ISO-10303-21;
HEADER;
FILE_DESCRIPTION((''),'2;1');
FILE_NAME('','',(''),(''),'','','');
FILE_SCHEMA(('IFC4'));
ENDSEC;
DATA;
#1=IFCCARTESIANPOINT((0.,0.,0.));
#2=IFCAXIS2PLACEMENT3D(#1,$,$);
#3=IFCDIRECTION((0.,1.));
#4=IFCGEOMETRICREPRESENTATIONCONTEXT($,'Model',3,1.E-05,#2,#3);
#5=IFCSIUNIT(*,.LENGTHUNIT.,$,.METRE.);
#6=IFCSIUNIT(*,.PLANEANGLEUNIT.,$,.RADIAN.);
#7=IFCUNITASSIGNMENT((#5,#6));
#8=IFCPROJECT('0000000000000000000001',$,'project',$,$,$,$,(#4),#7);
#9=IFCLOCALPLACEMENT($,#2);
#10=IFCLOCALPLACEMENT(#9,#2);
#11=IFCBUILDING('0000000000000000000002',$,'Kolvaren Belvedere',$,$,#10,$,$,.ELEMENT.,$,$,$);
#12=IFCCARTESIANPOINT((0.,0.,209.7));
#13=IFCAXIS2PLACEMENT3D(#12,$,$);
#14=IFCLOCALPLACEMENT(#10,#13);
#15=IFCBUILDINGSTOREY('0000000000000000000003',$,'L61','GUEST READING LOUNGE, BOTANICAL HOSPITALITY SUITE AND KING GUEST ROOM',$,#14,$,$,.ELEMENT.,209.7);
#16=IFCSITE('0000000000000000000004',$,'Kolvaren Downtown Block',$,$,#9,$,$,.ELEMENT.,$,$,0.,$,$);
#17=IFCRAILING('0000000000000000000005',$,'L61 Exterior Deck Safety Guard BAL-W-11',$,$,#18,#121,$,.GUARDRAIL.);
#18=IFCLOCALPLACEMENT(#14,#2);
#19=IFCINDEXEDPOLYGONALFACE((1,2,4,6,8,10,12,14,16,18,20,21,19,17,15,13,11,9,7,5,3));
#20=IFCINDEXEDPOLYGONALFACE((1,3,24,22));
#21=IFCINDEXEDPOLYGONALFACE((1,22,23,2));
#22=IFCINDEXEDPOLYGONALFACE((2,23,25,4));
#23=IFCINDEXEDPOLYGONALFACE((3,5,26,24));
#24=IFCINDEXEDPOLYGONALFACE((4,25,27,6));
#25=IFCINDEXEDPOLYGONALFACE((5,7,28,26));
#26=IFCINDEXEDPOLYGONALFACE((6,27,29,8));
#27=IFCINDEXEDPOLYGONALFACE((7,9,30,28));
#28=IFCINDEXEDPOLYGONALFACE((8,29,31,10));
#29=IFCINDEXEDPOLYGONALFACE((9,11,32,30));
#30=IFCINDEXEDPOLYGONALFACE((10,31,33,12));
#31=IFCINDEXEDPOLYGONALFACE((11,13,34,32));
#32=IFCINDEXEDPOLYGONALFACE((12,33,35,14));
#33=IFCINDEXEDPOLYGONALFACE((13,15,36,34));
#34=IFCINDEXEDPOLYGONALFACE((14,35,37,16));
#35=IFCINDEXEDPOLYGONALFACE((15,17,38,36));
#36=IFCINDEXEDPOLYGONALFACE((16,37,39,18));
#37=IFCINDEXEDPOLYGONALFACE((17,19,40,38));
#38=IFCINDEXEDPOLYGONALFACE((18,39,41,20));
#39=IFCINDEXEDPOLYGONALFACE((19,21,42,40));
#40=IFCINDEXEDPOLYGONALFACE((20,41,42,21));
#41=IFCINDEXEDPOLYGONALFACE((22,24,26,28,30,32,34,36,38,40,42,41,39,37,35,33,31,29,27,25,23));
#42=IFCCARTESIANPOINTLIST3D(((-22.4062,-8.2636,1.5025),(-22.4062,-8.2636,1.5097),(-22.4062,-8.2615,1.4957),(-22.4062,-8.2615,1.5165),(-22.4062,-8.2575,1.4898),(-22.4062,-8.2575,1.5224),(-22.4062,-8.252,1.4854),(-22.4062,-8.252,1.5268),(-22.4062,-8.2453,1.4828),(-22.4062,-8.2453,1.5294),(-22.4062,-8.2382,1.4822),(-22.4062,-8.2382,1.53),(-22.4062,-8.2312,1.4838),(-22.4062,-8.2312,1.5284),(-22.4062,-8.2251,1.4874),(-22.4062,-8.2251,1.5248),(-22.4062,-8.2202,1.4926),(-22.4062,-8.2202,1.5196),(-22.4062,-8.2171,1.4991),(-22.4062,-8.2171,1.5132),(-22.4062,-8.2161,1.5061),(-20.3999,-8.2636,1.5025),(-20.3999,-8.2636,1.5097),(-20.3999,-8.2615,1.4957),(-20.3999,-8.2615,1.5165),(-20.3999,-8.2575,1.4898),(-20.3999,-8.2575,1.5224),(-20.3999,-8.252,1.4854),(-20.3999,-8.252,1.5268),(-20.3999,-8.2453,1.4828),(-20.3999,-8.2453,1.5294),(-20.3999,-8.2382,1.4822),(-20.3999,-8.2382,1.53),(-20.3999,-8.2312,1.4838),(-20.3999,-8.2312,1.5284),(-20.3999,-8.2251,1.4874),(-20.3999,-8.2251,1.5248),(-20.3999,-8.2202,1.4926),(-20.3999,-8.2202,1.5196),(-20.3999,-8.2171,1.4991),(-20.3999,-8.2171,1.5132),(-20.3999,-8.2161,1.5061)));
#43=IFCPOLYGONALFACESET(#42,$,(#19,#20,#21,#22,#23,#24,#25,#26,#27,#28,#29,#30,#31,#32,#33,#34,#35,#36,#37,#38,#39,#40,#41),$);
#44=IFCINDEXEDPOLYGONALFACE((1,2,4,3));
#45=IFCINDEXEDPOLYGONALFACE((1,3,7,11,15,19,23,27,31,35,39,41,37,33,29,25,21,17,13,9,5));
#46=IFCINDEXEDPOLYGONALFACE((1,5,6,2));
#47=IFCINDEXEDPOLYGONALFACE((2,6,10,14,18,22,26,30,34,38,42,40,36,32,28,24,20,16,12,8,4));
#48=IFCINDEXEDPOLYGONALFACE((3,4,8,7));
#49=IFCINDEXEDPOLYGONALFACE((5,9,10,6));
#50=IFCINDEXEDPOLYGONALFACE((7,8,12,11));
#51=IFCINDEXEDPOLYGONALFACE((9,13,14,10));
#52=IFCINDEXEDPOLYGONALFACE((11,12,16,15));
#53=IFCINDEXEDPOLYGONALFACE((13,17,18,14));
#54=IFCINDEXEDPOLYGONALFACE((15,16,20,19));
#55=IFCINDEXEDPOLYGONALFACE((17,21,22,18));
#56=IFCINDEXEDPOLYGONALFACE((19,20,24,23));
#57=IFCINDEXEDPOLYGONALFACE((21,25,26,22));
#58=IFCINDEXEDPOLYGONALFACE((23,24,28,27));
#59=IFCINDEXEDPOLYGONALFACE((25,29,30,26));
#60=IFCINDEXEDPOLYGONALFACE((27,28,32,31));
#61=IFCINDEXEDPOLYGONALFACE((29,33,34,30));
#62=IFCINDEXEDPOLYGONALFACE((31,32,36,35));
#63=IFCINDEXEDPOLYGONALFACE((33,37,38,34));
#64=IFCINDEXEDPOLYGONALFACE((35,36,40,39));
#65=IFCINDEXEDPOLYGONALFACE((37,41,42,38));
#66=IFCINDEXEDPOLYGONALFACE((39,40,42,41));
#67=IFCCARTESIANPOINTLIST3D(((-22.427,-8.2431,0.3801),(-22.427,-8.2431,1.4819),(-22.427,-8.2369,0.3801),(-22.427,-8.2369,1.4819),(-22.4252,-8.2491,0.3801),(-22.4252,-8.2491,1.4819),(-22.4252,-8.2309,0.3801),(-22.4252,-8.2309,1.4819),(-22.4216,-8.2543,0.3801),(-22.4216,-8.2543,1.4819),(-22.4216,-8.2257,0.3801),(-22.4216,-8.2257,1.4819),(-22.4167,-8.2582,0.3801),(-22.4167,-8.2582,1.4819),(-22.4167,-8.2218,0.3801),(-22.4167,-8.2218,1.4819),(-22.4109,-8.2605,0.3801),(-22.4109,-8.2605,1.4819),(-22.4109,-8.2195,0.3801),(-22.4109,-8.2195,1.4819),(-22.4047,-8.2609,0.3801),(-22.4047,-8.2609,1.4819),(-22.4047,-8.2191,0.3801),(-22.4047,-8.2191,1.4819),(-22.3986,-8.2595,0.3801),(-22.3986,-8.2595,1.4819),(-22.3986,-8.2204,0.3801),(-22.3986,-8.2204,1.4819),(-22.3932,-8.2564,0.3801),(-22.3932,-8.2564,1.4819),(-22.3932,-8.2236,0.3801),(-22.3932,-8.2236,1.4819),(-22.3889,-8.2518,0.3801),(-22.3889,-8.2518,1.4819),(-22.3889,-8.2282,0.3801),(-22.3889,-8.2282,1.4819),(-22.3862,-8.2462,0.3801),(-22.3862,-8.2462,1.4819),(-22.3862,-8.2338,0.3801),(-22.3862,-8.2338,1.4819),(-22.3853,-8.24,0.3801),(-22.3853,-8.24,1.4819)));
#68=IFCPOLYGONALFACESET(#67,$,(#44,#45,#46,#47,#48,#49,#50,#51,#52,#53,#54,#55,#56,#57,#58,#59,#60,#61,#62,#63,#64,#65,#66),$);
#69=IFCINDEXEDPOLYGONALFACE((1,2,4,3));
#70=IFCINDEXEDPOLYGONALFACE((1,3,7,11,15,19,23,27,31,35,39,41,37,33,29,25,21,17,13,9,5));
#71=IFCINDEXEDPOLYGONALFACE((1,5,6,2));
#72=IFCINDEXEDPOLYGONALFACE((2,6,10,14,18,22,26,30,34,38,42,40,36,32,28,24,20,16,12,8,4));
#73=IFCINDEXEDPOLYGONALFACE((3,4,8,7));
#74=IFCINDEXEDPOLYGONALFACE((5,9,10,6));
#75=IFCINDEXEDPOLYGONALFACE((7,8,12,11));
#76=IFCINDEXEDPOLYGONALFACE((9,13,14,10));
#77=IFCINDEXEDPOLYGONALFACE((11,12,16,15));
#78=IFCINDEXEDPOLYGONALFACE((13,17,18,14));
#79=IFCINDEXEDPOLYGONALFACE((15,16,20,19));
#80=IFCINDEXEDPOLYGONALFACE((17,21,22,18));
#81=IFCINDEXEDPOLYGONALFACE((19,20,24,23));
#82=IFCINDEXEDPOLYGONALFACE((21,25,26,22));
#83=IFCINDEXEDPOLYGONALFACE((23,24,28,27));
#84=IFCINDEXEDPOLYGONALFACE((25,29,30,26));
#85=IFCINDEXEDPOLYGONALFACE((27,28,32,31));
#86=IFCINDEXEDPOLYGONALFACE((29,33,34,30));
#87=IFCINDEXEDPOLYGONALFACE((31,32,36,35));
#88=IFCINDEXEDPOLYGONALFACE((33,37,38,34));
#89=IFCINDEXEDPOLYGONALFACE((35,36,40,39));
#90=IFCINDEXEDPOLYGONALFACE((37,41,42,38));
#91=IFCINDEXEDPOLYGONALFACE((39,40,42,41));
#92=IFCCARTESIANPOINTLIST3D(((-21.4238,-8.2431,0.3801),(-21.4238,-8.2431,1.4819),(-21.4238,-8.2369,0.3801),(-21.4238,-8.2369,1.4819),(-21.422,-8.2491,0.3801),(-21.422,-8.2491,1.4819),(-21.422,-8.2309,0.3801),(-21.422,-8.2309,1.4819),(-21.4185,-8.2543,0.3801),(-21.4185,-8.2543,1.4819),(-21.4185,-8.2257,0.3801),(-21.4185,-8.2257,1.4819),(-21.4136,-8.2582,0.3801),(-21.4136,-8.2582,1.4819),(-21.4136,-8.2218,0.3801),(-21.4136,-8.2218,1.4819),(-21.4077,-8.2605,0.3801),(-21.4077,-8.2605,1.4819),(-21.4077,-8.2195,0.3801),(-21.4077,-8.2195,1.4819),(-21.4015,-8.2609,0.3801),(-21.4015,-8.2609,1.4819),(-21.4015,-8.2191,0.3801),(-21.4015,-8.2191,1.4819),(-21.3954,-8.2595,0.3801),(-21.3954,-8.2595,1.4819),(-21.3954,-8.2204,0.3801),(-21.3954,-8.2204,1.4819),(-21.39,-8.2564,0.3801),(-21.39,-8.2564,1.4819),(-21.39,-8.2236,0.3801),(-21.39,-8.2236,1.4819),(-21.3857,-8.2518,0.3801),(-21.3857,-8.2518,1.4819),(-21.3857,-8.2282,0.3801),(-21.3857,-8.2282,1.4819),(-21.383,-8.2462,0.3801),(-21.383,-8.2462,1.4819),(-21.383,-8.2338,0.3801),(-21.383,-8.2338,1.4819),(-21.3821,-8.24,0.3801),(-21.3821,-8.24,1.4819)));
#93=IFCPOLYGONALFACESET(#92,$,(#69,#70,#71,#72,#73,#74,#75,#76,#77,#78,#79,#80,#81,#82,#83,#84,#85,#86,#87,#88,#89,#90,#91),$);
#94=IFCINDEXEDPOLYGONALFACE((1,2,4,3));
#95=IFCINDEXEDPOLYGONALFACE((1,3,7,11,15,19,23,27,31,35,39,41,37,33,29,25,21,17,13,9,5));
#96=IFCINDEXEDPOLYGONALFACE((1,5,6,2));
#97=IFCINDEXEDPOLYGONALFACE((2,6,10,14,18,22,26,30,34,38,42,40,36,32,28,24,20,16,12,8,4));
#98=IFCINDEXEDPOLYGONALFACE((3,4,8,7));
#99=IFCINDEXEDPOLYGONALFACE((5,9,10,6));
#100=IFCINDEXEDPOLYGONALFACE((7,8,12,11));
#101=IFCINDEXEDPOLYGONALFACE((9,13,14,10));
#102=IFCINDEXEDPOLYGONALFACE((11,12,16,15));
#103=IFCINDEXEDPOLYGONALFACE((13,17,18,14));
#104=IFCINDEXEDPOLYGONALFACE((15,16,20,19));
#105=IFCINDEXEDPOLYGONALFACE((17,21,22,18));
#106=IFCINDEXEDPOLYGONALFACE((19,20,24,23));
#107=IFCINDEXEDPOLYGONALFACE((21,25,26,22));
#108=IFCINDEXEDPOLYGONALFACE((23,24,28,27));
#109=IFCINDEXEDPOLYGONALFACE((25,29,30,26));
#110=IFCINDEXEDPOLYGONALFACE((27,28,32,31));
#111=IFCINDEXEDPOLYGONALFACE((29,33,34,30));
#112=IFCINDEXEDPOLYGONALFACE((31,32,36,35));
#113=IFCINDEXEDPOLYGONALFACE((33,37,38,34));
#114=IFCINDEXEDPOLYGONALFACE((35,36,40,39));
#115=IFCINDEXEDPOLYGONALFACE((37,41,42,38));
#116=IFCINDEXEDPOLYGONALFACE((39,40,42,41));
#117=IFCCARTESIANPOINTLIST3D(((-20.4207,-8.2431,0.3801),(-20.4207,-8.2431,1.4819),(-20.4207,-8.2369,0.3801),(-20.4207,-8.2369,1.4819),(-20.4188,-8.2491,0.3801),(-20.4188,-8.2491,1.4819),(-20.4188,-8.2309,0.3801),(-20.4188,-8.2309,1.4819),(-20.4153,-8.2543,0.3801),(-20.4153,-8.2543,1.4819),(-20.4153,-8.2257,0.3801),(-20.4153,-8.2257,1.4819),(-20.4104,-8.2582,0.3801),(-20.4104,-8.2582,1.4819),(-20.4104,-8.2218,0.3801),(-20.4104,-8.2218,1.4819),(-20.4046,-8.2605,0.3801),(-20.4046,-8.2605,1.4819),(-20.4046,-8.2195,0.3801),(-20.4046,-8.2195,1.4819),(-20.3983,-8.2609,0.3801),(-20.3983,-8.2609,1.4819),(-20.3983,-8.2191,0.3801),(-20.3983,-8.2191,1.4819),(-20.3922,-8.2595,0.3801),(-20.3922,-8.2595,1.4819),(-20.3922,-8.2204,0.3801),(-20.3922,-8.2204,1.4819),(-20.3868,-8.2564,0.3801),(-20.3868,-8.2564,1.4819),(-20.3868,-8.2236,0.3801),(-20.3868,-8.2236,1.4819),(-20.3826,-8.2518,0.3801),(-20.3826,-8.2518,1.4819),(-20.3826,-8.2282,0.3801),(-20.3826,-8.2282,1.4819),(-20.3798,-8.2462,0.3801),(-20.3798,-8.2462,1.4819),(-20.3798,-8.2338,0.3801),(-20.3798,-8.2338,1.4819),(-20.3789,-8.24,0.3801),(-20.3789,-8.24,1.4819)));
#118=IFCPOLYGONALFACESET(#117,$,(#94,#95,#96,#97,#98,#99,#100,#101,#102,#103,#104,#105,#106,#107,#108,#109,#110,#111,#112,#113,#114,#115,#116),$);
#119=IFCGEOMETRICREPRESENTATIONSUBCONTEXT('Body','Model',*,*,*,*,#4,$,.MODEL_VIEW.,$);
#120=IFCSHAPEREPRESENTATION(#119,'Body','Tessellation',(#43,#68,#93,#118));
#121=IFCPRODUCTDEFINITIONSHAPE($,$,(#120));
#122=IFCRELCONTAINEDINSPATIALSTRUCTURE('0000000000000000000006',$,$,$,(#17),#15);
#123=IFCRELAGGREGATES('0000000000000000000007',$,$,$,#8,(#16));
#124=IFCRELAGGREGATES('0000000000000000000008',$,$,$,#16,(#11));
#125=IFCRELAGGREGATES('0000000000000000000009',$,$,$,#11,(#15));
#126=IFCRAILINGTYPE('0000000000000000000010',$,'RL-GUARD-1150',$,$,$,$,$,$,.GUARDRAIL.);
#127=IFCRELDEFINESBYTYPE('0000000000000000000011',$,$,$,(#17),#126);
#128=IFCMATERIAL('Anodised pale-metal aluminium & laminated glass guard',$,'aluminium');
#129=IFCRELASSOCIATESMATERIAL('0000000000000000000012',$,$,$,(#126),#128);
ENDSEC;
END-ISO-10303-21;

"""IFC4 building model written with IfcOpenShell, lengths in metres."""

from ifc_helpers import new_model, si_unit, direction, frame, origin, origin_2d, place, context, subcontext, project, spatial, circle, extrude, material, type_object, element, save


model = new_model("IFC4")

# Units and contexts
model_context = context("Model", 3, precision=1e-05, world=origin(), true_north=direction((0.0, 1.0)))
body_context = subcontext(model_context, "Body", "Model", "MODEL_VIEW")
ifc_project = project(units=[si_unit("LENGTHUNIT", "METRE"), si_unit("PLANEANGLEUNIT", "RADIAN")], contexts=[model_context])

# Site, building, storey
site_placement = place(None, origin())
site = spatial("IfcSite", under=ifc_project, at=site_placement, Name="Kolvaren Downtown Block", CompositionType="ELEMENT", RefElevation=0.0)
building_placement = place(site_placement, origin())
building = spatial("IfcBuilding", under=site, at=building_placement, Name="Kolvaren Belvedere", CompositionType="ELEMENT")
storey_placement = place(building_placement, frame((0.0, 0.0, 209.7)))
storey = spatial("IfcBuildingStorey", under=building, at=storey_placement, Name="L61", Description="GUEST READING LOUNGE, BOTANICAL HOSPITALITY SUITE AND KING GUEST ROOM", CompositionType="ELEMENT", Elevation=209.7)

# Railing
ifc_material_1 = material(Name="Anodised pale-metal aluminium & laminated glass guard", Category="aluminium")
railing_type = type_object("IfcRailingType", Name="RL-GUARD-1150", PredefinedType="GUARDRAIL", material=ifc_material_1)
railing_placement = place(storey_placement, frame((-22.4062, -8.24, 0.3801)))
element("IfcRailing", 1, at=railing_placement, inside=storey, type_object=railing_type, Name="L61 Exterior Deck Safety Guard BAL-W-11", PredefinedType="GUARDRAIL", context=body_context, shape_type="SweptSolid", body=[
    extrude(circle(Radius=0.0239, at=origin_2d()), frame((0.0, 0.0, 1.126), z_axis=(1.0, 0.0, 0.0), x_axis=(0.0, 1.0, 0.0)), (0.0, 0.0, 1.0), 2.0063),
    extrude(circle(Radius=0.021, at=origin_2d()), origin(), (0.0, 0.0, 1.0), 1.1018),
    extrude(circle(Radius=0.021, at=origin_2d()), frame((1.0032, 0.0, 0.0)), (0.0, 0.0, 1.0), 1.1018),
    extrude(circle(Radius=0.021, at=origin_2d()), frame((2.0063, 0.0, 0.0)), (0.0, 0.0, 1.0), 1.1018),
])

save(model, "model.ifc")
